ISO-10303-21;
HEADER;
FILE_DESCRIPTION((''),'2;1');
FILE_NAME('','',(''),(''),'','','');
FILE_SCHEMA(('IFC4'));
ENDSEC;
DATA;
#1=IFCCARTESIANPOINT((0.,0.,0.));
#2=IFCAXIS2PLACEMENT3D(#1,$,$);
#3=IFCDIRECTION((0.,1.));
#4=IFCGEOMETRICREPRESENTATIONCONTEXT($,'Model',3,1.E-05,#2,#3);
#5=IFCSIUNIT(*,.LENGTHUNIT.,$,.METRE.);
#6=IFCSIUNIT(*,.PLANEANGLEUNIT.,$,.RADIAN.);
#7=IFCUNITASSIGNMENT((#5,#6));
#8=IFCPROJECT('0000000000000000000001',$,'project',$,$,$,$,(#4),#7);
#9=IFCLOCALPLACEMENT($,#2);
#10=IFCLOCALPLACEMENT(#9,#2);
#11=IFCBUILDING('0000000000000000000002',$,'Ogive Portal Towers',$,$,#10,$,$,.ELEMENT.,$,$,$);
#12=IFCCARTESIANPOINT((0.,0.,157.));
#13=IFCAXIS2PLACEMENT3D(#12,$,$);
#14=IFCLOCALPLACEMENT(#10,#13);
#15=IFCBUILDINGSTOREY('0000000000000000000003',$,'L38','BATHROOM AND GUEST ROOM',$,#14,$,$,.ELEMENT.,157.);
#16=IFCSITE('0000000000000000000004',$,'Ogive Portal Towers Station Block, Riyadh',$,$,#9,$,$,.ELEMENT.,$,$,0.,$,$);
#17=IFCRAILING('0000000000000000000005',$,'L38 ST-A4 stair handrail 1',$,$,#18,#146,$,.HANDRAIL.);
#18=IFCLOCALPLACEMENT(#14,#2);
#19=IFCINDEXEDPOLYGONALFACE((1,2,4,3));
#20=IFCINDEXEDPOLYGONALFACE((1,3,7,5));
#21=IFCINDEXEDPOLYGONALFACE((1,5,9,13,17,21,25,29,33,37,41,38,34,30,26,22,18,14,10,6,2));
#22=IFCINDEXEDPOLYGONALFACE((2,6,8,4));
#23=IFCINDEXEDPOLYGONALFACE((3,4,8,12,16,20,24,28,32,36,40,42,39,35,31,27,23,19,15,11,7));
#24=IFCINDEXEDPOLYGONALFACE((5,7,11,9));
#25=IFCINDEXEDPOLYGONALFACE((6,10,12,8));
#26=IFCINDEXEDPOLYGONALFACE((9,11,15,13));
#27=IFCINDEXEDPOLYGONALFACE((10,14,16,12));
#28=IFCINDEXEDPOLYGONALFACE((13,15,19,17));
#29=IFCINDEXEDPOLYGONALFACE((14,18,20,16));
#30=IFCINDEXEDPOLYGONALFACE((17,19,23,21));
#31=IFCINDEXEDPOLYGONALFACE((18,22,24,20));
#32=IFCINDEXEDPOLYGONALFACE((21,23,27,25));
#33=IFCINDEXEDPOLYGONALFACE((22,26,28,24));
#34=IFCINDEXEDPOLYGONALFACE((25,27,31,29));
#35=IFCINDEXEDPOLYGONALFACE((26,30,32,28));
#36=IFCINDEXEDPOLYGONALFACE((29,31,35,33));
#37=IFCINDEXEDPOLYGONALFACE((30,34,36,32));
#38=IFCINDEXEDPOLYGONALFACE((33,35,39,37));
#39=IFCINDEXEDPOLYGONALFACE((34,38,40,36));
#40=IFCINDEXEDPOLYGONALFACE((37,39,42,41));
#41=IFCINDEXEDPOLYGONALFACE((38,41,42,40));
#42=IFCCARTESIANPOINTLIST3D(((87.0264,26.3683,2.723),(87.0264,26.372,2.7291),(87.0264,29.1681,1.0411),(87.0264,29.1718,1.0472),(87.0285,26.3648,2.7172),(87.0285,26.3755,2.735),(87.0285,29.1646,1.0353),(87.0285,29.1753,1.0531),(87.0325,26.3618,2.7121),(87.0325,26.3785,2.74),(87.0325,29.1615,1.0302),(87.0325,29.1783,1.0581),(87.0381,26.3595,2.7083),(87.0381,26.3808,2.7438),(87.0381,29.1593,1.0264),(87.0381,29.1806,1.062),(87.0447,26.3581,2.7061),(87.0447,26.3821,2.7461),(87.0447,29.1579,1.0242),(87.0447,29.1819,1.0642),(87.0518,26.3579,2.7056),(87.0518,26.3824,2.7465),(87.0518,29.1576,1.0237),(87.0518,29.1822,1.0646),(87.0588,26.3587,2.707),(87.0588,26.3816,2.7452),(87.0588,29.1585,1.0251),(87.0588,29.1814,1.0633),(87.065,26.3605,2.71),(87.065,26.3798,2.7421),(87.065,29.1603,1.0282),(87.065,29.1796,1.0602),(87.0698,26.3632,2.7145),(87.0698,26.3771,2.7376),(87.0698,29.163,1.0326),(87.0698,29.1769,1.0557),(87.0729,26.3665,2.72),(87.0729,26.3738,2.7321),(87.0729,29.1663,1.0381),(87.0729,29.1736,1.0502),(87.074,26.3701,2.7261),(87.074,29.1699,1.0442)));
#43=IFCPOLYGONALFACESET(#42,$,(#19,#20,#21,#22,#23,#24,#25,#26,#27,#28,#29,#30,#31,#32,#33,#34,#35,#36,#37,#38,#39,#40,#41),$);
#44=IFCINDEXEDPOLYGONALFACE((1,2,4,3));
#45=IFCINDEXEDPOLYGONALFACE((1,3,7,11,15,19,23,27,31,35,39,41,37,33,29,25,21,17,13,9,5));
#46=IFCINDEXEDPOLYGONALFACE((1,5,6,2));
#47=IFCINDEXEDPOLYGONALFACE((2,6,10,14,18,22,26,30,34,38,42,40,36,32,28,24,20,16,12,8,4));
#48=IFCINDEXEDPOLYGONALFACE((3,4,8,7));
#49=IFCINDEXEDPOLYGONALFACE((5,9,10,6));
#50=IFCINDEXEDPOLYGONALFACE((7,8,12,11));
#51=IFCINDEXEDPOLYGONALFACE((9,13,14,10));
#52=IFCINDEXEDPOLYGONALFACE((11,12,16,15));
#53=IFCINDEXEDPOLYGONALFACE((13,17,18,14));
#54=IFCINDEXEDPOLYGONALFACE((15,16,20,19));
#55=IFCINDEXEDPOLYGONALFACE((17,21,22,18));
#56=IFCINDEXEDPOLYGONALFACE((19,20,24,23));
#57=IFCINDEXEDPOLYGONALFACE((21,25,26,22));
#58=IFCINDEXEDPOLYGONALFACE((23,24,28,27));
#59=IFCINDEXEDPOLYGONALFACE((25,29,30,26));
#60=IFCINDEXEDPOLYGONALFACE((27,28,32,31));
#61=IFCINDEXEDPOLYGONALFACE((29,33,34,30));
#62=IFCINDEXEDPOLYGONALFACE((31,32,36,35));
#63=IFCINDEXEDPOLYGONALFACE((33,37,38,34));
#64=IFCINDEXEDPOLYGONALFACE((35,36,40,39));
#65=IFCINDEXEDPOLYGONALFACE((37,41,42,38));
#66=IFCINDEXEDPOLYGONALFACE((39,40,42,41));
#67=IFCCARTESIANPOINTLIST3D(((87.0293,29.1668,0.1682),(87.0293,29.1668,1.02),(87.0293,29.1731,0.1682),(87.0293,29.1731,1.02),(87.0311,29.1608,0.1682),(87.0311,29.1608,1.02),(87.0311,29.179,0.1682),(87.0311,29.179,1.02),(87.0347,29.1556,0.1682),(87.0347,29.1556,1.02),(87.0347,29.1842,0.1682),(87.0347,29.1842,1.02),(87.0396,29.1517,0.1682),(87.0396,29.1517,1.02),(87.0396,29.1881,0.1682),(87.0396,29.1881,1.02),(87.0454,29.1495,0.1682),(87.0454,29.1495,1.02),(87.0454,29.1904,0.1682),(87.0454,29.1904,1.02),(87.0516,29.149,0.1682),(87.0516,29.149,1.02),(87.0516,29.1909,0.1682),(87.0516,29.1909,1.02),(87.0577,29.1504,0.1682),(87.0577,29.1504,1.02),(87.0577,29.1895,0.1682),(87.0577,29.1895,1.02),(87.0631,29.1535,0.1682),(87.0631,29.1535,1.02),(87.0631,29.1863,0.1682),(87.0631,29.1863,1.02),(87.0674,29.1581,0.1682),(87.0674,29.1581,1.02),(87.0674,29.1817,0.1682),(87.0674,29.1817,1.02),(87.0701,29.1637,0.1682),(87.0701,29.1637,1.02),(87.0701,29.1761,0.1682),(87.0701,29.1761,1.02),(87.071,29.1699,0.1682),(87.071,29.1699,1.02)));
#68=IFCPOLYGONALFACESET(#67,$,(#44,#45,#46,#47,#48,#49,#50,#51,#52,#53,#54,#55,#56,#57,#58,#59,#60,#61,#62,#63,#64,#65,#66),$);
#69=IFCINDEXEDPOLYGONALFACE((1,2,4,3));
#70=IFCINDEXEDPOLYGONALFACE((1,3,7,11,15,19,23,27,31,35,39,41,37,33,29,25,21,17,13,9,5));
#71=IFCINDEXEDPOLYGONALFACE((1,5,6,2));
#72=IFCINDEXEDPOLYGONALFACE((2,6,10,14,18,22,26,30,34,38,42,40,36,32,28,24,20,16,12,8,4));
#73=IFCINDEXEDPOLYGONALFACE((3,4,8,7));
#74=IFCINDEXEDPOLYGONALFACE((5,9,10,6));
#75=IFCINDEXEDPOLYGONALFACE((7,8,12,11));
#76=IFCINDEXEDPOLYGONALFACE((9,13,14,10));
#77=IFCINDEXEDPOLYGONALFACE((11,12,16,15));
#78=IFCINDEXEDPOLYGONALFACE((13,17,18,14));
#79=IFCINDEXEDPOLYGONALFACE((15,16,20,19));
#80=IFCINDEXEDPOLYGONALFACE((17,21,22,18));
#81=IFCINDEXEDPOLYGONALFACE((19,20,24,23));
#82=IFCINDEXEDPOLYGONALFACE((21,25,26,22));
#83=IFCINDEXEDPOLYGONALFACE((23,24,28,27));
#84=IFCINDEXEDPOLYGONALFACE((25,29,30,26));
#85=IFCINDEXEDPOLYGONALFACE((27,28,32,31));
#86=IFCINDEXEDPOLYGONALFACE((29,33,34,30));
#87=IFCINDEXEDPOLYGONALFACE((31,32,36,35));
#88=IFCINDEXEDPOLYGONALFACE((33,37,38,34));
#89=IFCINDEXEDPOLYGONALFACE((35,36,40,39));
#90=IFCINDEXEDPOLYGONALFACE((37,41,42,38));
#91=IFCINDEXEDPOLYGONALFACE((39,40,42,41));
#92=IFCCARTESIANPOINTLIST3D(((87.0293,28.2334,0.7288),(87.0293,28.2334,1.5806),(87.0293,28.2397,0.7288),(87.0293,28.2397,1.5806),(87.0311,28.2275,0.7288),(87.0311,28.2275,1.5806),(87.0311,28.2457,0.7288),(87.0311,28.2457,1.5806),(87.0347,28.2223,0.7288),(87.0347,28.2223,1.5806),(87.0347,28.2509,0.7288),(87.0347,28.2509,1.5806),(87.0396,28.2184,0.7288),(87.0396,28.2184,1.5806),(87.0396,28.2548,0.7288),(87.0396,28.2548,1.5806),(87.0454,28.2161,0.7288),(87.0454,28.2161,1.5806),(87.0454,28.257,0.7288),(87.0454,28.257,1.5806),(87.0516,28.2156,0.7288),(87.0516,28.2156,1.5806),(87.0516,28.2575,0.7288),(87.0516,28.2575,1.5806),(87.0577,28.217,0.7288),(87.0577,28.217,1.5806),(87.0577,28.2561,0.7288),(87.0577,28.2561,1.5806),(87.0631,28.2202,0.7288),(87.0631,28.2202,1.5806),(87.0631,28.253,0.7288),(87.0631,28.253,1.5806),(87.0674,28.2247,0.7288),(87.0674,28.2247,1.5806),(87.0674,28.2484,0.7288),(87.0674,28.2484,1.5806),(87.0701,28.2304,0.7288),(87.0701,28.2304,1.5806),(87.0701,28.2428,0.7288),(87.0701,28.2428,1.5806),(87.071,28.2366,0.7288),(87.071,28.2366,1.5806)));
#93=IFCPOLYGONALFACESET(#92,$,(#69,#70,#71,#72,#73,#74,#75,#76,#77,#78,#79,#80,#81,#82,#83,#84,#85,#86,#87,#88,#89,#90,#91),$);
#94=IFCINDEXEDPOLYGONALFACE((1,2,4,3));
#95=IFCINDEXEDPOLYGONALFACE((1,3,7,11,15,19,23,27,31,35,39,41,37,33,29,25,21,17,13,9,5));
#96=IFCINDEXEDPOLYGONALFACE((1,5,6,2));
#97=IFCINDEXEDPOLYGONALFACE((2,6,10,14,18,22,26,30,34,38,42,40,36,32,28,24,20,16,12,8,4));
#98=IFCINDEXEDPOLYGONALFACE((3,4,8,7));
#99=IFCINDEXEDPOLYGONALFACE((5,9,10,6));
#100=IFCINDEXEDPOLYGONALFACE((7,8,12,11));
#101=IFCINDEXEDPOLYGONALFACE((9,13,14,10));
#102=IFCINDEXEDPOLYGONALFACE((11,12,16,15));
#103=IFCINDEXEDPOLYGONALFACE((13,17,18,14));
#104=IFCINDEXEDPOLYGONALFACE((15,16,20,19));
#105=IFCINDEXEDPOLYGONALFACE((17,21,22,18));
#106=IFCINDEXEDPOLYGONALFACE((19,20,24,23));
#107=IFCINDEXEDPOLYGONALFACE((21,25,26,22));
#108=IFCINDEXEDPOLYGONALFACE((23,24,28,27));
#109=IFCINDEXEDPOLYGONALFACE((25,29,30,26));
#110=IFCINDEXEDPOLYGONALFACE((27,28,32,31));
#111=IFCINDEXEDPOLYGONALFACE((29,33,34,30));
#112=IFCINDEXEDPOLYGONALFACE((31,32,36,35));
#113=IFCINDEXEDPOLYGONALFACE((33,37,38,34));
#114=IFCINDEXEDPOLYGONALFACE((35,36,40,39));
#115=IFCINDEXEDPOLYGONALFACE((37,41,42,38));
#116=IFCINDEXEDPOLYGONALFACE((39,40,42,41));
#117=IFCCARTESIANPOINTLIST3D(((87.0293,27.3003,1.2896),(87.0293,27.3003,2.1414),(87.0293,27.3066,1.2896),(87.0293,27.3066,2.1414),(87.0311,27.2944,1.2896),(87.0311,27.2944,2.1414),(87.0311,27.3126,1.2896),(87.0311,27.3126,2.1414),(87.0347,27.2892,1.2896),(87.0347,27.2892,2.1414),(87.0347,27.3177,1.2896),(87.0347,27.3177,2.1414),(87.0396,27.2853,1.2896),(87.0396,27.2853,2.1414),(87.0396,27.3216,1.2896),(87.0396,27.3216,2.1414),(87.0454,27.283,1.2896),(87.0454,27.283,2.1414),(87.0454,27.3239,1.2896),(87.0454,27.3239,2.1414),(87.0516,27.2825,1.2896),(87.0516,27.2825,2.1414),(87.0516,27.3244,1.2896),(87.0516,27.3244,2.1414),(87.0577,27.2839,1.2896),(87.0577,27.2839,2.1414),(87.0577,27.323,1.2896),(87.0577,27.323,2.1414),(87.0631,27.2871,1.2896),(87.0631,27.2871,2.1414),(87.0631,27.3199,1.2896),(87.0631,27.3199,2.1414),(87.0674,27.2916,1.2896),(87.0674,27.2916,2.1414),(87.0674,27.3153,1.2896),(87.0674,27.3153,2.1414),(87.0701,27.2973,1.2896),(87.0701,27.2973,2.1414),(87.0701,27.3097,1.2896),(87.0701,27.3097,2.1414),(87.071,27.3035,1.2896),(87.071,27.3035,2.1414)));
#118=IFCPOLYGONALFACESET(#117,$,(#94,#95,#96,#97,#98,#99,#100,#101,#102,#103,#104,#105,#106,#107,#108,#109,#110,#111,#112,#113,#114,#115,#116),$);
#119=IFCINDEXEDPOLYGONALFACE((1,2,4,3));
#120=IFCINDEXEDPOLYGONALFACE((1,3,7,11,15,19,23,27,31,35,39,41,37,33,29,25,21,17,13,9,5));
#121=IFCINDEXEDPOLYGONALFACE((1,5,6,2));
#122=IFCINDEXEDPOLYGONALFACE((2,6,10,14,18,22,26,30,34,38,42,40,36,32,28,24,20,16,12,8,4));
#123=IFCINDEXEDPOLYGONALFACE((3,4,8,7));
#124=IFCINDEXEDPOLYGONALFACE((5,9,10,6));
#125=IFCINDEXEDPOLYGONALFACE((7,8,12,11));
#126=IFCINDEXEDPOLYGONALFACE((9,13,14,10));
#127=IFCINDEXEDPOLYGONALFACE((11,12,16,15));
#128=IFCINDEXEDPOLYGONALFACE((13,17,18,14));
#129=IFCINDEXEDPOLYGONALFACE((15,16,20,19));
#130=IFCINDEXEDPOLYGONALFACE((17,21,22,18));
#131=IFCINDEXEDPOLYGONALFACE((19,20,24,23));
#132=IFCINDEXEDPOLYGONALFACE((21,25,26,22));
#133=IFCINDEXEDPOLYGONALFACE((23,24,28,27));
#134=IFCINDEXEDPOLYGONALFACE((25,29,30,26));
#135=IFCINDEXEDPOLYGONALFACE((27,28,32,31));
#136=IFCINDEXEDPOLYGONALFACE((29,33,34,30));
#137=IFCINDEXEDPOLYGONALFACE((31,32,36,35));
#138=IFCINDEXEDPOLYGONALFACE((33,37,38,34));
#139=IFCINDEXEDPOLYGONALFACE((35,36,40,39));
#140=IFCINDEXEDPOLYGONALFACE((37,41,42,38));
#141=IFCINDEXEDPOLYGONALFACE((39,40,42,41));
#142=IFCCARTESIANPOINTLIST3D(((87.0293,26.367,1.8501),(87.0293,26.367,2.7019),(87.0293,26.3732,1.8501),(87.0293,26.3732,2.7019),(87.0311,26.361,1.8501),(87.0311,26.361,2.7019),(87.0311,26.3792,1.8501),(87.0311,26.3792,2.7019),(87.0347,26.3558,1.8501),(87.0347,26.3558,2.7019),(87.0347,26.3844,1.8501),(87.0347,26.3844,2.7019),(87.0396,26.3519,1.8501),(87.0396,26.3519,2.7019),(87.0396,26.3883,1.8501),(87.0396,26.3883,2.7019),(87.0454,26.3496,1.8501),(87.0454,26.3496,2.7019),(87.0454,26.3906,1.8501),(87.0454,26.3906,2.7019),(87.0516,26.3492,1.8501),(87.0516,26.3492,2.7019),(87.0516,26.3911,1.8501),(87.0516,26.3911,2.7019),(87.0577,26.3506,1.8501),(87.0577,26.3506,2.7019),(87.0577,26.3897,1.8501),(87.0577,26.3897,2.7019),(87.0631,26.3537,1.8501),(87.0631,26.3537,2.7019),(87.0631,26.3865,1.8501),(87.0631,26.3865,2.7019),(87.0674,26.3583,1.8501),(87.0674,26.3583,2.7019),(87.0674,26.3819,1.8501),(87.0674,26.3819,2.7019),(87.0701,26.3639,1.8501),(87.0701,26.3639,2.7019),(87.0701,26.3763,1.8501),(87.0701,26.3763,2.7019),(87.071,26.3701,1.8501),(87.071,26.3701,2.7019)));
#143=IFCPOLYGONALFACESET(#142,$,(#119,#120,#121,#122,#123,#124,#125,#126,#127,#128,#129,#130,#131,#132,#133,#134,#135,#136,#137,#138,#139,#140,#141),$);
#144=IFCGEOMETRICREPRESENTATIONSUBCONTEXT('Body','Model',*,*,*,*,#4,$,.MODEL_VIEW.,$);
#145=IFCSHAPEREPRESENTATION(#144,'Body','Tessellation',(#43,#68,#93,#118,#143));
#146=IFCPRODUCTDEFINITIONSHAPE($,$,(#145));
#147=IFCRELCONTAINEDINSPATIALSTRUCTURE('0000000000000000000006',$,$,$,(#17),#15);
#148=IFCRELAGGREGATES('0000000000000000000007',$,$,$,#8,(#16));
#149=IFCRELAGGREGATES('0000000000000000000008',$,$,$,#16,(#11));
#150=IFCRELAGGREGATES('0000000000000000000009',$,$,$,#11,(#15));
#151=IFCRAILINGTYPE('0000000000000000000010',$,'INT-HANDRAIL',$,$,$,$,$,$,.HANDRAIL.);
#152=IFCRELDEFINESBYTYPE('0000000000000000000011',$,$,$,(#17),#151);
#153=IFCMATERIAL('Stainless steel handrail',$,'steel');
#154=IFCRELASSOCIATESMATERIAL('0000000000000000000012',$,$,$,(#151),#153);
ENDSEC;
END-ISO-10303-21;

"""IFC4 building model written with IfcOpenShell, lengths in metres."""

from ifc_helpers import new_model, si_unit, direction, frame, origin, origin_2d, place, context, subcontext, project, spatial, circle, extrude, material, type_object, element, save


model = new_model("IFC4")

# Units and contexts
model_context = context("Model", 3, precision=1e-05, world=origin(), true_north=direction((0.0, 1.0)))
body_context = subcontext(model_context, "Body", "Model", "MODEL_VIEW")
ifc_project = project(units=[si_unit("LENGTHUNIT", "METRE"), si_unit("PLANEANGLEUNIT", "RADIAN")], contexts=[model_context])

# Site, building, storey
site_placement = place(None, origin())
site = spatial("IfcSite", under=ifc_project, at=site_placement, Name="Ogive Portal Towers Station Block, Riyadh", CompositionType="ELEMENT", RefElevation=0.0)
building_placement = place(site_placement, origin())
building = spatial("IfcBuilding", under=site, at=building_placement, Name="Ogive Portal Towers", CompositionType="ELEMENT")
storey_placement = place(building_placement, frame((0.0, 0.0, 157.0)))
storey = spatial("IfcBuildingStorey", under=building, at=storey_placement, Name="L38", Description="BATHROOM AND GUEST ROOM", CompositionType="ELEMENT", Elevation=157.0)

# Railing
ifc_material_1 = material(Name="Stainless steel handrail", Category="steel")
railing_type_1 = type_object("IfcRailingType", Name="INT-HANDRAIL", PredefinedType="HANDRAIL", material=ifc_material_1)
railing_1_placement = place(storey_placement, frame((87.05, 29.1699, 0.1682)))
element("IfcRailing", 1, at=railing_1_placement, inside=storey, type_object=railing_type_1, Name="L38 ST-A4 stair handrail 1", PredefinedType="HANDRAIL", context=body_context, shape_type="SweptSolid", body=[
    extrude(circle(Radius=0.0239, at=origin_2d()), frame((0.0, 0.0, 0.876), z_axis=(0.0, -0.857222, 0.514946), x_axis=(1.0, 0.0, 0.0)), (0.0, 0.0, 1.0), 3.2661),
    extrude(circle(Radius=0.021, at=origin_2d()), origin(), (0.0, 0.0, 1.0), 0.8518),
    extrude(circle(Radius=0.021, at=origin_2d()), frame((0.0, -0.9333, 0.5605)), (0.0, 0.0, 1.0), 0.8518),
    extrude(circle(Radius=0.021, at=origin_2d()), frame((0.0, -1.8665, 1.1213)), (0.0, 0.0, 1.0), 0.8518),
    extrude(circle(Radius=0.021, at=origin_2d()), frame((0.0, -2.7998, 1.6819)), (0.0, 0.0, 1.0), 0.8518),
])

save(model, "model.ifc")
